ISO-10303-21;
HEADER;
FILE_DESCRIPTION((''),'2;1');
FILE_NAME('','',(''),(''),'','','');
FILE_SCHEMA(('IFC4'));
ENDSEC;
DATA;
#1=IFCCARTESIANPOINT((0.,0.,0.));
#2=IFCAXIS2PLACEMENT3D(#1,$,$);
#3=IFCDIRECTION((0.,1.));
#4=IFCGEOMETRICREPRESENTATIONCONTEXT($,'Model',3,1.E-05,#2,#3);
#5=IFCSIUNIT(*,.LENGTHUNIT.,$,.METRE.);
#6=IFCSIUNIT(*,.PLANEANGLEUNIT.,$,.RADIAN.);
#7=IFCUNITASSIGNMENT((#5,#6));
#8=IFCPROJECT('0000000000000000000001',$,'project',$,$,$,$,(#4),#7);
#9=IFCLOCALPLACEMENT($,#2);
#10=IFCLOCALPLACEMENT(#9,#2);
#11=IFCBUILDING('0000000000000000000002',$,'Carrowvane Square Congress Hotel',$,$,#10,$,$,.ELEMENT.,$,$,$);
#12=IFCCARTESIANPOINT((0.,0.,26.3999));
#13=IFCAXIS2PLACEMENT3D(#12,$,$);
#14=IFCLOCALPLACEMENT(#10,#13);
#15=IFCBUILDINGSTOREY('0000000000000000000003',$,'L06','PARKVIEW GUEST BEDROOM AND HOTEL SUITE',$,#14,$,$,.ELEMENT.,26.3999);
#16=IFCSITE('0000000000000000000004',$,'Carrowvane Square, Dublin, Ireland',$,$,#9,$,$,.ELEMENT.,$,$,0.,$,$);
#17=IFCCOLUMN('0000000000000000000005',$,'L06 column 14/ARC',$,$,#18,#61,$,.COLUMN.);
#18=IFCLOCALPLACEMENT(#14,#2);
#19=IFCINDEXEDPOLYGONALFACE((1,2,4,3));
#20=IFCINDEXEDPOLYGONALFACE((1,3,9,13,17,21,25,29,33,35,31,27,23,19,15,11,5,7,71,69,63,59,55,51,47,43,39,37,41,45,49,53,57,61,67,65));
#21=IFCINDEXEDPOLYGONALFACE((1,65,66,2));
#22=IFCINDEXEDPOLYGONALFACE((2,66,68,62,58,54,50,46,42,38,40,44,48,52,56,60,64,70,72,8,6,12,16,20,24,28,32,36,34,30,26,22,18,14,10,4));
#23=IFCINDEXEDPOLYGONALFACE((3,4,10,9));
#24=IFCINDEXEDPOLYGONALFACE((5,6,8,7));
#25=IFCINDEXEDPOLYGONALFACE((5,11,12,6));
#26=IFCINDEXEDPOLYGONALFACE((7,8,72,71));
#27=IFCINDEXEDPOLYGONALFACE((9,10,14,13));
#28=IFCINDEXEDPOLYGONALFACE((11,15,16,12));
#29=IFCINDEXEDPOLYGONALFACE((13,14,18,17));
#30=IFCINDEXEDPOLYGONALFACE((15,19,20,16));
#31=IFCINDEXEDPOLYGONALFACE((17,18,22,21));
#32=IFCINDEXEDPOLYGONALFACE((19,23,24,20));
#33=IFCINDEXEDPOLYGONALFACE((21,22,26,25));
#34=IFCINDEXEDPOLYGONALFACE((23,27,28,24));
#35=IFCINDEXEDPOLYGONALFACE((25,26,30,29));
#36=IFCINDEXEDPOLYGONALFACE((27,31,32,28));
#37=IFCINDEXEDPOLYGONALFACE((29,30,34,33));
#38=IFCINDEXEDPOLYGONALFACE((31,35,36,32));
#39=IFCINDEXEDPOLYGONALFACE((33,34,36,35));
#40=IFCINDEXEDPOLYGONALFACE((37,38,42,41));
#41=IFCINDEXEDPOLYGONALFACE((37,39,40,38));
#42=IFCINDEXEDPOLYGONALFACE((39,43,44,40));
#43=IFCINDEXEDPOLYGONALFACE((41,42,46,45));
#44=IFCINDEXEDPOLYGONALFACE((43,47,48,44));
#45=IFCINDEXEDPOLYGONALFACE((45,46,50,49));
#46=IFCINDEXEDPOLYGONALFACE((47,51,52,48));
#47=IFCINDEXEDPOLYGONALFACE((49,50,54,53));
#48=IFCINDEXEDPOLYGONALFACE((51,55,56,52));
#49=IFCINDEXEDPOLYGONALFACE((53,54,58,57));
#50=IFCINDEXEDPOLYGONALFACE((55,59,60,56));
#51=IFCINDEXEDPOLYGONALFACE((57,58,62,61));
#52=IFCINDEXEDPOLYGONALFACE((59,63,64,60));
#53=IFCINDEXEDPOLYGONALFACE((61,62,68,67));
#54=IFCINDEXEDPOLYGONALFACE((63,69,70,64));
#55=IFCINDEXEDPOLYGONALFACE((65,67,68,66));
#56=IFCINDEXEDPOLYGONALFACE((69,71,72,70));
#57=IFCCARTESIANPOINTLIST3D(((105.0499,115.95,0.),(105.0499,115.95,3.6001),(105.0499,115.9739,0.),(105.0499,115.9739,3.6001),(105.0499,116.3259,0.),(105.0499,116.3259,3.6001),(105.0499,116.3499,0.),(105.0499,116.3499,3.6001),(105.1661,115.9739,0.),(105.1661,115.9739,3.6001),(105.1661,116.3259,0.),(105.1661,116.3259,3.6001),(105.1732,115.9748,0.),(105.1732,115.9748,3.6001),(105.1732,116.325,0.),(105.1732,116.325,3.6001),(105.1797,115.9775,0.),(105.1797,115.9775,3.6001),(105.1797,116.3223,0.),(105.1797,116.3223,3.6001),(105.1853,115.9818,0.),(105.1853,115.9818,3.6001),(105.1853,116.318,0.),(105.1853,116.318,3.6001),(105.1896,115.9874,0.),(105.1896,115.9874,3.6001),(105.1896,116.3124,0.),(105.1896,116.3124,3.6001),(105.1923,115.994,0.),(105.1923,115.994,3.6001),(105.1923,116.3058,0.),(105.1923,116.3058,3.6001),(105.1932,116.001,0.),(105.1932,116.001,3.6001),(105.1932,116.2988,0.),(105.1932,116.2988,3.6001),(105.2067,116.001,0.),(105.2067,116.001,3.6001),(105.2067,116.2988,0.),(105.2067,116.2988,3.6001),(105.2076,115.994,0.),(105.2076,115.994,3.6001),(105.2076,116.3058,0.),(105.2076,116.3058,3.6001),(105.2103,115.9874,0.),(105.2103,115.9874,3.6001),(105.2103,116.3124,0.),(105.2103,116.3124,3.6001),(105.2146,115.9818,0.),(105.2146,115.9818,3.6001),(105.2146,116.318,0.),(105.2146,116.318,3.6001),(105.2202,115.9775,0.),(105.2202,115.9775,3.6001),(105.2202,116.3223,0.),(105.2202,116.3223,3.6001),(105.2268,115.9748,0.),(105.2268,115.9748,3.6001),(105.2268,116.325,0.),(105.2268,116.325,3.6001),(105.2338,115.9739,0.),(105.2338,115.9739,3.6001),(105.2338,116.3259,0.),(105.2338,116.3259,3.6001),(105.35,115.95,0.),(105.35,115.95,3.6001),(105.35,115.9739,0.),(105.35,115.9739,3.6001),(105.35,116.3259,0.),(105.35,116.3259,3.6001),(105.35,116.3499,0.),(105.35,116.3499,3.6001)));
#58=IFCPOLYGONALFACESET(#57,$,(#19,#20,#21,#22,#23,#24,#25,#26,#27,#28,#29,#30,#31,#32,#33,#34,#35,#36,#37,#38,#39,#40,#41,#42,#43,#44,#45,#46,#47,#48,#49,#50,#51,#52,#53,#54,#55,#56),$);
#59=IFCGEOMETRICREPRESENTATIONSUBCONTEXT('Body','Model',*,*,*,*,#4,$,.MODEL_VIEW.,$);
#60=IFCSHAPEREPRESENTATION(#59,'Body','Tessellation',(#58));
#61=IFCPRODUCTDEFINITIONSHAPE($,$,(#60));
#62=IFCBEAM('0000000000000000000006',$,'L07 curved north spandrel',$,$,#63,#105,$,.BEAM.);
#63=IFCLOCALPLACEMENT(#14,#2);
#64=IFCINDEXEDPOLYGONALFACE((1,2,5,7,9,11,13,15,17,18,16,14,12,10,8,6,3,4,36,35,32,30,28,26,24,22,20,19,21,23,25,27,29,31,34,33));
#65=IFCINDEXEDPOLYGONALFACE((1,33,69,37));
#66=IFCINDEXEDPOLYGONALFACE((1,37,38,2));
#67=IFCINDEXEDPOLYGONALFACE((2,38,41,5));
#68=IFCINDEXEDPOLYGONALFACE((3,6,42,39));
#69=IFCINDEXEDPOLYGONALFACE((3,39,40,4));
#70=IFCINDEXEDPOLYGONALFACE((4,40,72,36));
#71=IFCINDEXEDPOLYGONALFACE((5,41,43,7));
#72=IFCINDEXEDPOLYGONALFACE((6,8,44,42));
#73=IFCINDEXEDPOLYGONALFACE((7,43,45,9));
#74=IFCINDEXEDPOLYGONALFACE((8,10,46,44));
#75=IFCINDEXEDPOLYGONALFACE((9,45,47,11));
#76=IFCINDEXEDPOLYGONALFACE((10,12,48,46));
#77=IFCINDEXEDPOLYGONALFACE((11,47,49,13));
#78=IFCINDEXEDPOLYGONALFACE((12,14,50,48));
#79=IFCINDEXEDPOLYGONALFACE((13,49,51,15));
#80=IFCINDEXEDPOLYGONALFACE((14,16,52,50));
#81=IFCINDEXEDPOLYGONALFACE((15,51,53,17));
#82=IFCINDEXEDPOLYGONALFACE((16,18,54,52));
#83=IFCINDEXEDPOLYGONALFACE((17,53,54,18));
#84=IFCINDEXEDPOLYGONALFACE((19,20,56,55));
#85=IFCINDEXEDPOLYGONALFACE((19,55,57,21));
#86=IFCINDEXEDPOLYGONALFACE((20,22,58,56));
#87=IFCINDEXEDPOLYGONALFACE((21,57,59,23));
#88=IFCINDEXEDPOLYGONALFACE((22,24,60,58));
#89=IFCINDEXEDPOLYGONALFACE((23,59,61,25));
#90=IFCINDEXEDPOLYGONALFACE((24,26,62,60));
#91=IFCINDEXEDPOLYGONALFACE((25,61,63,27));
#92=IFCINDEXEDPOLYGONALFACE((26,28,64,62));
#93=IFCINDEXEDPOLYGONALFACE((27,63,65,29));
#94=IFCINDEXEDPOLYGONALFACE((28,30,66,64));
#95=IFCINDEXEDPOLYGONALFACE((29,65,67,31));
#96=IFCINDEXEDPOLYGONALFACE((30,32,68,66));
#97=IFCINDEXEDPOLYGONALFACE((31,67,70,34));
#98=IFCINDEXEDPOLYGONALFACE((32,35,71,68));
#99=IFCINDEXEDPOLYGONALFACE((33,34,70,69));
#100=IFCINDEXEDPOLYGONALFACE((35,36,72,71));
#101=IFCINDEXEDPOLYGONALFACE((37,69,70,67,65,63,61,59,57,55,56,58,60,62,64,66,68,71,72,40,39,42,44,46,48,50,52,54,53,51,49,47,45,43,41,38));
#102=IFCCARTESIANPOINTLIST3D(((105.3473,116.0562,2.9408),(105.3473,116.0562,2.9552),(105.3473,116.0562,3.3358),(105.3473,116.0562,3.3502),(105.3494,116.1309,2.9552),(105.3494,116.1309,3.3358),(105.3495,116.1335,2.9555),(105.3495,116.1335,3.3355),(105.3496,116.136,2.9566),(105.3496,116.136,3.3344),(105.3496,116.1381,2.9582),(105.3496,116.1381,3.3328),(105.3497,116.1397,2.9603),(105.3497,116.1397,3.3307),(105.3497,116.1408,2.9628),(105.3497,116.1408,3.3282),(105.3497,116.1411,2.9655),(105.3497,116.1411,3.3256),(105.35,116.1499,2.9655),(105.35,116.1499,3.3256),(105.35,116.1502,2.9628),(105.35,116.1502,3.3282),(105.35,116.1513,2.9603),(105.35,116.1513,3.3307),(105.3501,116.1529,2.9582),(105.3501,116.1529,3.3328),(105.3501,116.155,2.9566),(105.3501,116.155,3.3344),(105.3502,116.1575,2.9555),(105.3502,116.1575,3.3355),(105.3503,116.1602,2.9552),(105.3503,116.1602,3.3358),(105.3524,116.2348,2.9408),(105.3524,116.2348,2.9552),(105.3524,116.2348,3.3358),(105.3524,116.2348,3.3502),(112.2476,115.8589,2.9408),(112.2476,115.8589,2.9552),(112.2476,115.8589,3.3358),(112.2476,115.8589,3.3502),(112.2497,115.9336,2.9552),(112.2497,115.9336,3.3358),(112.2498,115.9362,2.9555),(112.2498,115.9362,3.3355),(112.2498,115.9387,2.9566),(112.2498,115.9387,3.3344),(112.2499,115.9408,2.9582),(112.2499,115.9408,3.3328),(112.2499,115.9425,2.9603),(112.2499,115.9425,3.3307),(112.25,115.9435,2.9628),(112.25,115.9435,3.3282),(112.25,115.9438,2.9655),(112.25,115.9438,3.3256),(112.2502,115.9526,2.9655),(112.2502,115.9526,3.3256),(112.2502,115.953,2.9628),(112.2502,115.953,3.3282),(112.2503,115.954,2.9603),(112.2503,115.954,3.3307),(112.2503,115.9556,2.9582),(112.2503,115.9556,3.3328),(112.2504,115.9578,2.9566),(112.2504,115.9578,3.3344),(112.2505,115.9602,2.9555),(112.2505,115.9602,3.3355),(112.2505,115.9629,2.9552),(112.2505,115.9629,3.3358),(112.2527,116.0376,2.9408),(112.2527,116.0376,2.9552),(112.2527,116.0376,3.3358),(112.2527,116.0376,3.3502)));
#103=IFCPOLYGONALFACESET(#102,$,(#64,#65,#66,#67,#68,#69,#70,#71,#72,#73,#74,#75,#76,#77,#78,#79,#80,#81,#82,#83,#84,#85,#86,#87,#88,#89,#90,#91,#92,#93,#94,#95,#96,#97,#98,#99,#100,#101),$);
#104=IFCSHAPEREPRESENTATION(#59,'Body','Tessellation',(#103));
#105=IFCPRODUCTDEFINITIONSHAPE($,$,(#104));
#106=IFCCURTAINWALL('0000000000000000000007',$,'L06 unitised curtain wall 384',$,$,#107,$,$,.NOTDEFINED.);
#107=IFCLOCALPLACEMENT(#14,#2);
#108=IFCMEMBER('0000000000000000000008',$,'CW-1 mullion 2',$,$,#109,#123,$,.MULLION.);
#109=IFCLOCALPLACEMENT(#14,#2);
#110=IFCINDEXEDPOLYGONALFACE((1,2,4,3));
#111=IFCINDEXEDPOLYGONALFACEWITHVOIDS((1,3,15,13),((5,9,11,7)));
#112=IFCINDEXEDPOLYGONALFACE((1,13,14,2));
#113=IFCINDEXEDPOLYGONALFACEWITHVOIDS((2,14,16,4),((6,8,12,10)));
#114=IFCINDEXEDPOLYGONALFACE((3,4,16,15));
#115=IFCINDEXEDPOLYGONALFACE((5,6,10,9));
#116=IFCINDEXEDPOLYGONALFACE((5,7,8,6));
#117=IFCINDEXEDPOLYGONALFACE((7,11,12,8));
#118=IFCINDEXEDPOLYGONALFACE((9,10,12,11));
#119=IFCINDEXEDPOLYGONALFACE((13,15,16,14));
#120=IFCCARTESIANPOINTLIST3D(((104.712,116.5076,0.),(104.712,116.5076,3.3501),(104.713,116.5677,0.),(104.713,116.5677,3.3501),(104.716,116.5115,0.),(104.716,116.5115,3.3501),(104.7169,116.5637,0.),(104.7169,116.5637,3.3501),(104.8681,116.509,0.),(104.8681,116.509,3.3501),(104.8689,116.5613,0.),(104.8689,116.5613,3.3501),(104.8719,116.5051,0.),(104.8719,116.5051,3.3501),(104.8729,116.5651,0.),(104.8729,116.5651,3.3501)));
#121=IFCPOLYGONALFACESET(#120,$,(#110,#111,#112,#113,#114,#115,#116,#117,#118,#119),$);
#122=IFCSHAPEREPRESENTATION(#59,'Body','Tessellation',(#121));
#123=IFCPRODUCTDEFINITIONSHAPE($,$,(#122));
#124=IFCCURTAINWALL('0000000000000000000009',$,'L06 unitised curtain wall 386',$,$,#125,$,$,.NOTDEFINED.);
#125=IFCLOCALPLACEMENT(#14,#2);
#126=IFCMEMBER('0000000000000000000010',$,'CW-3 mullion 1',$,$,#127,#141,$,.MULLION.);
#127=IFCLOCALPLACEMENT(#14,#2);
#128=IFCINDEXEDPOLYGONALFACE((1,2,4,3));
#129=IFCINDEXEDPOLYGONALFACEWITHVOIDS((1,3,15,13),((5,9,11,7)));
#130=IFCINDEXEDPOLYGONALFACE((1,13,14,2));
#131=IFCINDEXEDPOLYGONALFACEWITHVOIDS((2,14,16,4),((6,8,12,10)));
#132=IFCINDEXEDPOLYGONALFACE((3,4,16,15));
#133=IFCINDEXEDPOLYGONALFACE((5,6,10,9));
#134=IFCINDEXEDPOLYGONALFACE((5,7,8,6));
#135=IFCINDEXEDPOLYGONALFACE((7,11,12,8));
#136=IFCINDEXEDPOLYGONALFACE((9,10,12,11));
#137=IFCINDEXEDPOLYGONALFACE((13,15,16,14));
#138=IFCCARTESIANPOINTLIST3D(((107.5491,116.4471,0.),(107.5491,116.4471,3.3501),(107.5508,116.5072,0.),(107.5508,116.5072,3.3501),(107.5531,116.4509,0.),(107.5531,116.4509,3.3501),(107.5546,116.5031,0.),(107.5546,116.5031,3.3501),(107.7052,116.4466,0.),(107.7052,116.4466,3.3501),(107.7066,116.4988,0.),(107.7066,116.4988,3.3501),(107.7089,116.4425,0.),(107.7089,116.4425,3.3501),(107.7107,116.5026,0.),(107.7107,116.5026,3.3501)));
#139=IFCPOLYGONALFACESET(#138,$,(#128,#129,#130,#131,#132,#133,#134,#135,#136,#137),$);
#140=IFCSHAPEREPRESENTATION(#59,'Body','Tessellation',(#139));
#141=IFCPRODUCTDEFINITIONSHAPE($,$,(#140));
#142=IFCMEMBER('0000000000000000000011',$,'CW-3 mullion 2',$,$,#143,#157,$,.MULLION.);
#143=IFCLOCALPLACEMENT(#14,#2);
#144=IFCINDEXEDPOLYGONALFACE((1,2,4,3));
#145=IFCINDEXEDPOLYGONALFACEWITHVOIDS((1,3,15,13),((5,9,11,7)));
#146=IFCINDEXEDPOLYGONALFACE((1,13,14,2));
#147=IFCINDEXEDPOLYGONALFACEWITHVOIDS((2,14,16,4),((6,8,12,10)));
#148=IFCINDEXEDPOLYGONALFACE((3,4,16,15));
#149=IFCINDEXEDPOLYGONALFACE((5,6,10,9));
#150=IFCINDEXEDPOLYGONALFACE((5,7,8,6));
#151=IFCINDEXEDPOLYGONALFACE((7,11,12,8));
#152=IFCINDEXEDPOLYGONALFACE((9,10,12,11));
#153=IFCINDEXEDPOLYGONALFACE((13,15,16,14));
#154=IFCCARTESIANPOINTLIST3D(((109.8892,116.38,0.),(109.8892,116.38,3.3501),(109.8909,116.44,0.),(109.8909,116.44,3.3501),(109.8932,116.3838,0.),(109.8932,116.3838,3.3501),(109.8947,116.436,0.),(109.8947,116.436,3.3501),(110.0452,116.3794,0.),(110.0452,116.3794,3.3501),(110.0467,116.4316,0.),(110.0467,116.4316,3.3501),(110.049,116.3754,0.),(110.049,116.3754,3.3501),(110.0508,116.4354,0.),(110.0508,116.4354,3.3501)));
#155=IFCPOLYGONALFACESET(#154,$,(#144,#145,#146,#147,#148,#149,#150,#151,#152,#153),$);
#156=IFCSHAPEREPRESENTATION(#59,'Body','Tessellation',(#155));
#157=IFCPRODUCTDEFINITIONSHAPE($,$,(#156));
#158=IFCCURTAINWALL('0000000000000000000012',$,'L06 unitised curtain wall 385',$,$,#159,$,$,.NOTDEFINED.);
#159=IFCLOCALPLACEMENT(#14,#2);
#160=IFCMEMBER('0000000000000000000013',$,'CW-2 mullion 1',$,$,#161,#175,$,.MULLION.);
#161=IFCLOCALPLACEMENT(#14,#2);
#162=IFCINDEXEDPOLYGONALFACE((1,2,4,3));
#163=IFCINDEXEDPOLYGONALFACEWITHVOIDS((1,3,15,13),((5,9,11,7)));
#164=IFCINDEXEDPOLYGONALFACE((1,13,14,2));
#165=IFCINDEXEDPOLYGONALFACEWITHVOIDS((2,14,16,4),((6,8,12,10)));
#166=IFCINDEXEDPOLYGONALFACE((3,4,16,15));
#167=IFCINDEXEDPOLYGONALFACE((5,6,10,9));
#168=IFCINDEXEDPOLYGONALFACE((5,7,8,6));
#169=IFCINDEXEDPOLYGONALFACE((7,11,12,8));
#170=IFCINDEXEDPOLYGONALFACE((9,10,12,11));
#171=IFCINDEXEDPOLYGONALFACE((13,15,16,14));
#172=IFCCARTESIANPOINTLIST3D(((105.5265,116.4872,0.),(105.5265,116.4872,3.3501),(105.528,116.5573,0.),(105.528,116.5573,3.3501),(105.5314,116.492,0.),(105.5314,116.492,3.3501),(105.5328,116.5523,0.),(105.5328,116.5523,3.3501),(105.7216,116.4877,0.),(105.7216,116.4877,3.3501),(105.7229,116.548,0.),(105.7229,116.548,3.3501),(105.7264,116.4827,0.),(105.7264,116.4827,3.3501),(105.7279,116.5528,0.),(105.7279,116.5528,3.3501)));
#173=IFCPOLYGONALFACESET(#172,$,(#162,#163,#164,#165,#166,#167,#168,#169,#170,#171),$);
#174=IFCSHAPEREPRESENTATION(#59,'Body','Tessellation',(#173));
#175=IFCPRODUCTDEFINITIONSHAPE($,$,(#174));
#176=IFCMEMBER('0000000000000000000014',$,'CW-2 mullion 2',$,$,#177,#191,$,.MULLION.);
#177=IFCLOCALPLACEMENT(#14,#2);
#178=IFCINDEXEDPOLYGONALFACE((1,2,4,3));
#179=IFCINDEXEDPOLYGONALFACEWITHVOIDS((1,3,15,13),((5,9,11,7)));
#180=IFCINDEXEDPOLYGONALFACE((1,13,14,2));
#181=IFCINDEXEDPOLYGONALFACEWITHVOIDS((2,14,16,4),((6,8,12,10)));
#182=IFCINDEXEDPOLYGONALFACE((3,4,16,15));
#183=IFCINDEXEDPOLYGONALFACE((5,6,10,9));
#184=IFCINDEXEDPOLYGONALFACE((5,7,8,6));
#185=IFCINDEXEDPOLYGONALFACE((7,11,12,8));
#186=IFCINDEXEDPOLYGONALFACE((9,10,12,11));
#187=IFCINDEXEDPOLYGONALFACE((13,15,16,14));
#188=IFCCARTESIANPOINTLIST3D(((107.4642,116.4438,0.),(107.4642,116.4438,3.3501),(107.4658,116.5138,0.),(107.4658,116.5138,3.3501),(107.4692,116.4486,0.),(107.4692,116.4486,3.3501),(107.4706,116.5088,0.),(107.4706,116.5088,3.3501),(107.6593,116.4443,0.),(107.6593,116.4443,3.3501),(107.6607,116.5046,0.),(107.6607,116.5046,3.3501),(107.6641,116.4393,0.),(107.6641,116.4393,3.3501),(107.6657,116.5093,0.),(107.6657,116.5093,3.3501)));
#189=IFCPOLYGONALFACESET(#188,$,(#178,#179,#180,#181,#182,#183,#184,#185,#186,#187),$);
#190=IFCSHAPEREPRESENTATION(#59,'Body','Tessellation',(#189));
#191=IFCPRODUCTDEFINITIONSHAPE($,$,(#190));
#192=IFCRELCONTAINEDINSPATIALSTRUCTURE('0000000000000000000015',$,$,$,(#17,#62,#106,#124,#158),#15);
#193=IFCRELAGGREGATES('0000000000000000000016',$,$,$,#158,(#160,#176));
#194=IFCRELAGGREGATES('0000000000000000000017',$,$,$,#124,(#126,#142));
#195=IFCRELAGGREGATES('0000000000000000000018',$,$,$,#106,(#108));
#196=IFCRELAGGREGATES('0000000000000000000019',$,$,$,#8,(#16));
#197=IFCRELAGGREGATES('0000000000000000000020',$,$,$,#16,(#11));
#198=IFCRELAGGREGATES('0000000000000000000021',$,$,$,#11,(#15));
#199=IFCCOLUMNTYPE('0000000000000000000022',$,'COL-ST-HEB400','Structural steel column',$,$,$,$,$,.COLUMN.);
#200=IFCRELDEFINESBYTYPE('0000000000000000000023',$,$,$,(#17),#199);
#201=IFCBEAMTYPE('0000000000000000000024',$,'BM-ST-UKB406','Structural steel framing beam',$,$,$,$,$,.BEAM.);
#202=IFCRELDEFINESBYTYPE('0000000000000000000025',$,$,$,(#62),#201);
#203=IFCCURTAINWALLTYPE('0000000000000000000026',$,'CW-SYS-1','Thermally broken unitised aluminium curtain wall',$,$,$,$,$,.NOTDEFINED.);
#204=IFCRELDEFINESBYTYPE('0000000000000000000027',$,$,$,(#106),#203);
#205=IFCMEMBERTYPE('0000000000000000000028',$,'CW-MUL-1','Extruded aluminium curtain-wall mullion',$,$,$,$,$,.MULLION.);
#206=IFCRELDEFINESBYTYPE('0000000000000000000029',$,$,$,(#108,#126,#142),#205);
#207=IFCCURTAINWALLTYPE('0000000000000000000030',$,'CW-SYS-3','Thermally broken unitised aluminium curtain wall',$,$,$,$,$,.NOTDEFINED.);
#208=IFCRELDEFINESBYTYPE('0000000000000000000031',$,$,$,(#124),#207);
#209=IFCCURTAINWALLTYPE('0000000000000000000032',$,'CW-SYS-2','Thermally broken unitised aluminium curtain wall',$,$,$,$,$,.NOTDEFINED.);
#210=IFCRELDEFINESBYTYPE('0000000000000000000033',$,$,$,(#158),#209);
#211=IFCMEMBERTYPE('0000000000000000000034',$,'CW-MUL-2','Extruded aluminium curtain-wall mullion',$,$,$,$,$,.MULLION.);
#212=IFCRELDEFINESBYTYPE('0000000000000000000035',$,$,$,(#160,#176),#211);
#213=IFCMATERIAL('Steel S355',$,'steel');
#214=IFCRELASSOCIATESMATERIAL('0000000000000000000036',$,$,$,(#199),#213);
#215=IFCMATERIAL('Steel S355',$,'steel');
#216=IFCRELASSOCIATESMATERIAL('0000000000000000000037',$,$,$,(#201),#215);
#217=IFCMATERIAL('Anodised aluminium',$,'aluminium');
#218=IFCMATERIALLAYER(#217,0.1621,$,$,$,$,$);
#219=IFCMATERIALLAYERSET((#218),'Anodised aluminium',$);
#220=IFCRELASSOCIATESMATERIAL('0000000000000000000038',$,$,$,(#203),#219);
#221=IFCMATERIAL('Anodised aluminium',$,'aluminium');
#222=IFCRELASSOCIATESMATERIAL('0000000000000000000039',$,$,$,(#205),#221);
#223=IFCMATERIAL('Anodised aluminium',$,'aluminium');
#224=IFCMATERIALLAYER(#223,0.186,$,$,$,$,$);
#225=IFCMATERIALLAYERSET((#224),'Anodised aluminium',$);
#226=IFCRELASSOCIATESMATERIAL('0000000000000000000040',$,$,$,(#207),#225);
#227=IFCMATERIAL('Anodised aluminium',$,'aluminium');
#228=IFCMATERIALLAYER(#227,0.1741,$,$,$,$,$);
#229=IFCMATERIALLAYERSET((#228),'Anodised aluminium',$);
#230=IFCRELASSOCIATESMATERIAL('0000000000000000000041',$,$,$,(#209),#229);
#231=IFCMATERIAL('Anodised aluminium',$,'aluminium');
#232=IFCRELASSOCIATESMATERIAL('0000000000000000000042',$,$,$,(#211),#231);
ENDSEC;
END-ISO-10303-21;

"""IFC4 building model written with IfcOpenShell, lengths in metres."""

from ifc_helpers import new_model, si_unit, direction, frame, origin, origin_2d, place, context, subcontext, project, spatial, hollow_rectangle, i_section, extrude, material, layer, layer_set, material_profile, profile_set, type_object, element, aggregate, save


model = new_model("IFC4")

# Units and contexts
model_context = context("Model", 3, precision=1e-05, world=origin(), true_north=direction((0.0, 1.0)))
body_context = subcontext(model_context, "Body", "Model", "MODEL_VIEW")
ifc_project = project(units=[si_unit("LENGTHUNIT", "METRE"), si_unit("PLANEANGLEUNIT", "RADIAN")], contexts=[model_context])

# Site, building, storey
site_placement = place(None, origin())
site = spatial("IfcSite", under=ifc_project, at=site_placement, Name="Carrowvane Square, Dublin, Ireland", CompositionType="ELEMENT", RefElevation=0.0)
building_placement = place(site_placement, origin())
building = spatial("IfcBuilding", under=site, at=building_placement, Name="Carrowvane Square Congress Hotel", CompositionType="ELEMENT")
storey_placement = place(building_placement, frame((0.0, 0.0, 26.3999)))
storey = spatial("IfcBuildingStorey", under=building, at=storey_placement, Name="L06", Description="PARKVIEW GUEST BEDROOM AND HOTEL SUITE", CompositionType="ELEMENT", Elevation=26.3999)

# Column
ifc_material_1 = material(Name="Steel S355", Category="steel")
ifc_material_profile_1 = material_profile(ifc_material_1, i_section(OverallWidth=0.3, OverallDepth=0.3999, WebThickness=0.0134, FlangeThickness=0.0239, FilletRadius=0.0271, at=origin_2d()), Name="HEB 400")
ifc_profile_set_1 = profile_set([ifc_material_profile_1], Name="Steel S355")
column_type = type_object("IfcColumnType", Name="COL-ST-HEB400", Description="Structural steel column", PredefinedType="COLUMN", material=ifc_profile_set_1)
column_placement = place(storey_placement, frame((105.2, 116.1499, 0.0), z_axis=(0.0, 0.0, 1.0), x_axis=(1.0, 0.0, 0.0)))
element("IfcColumn", 1, at=column_placement, inside=storey, type_object=column_type, Name="L06 column 14/ARC", PredefinedType="COLUMN", context=body_context, shape_type="SweptSolid", body=[
    extrude(i_section(OverallWidth=0.3, OverallDepth=0.3999, WebThickness=0.0134, FlangeThickness=0.0239, FilletRadius=0.0271, at=origin_2d()), origin(), (0.0, 0.0, 1.0), 3.6001),
])

# Beam
ifc_material_2 = material(Name="Steel S355", Category="steel")
ifc_material_profile_2 = material_profile(ifc_material_2, i_section(OverallWidth=0.1787, OverallDepth=0.4094, WebThickness=0.0088, FlangeThickness=0.0144, FilletRadius=0.0103, at=origin_2d()), Name="UKB 406x178x67")
ifc_profile_set_2 = profile_set([ifc_material_profile_2], Name="Steel S355")
beam_type = type_object("IfcBeamType", Name="BM-ST-UKB406", Description="Structural steel framing beam", PredefinedType="BEAM", material=ifc_profile_set_2)
beam_placement = place(storey_placement, frame((105.3499, 116.1455, 3.1455), z_axis=(0.999592, -0.028577, 0.0), x_axis=(0.028577, 0.999592, 0.0)))
element("IfcBeam", 2, at=beam_placement, inside=storey, type_object=beam_type, Name="L07 curved north spandrel", PredefinedType="BEAM", context=body_context, shape_type="SweptSolid", body=[
    extrude(i_section(OverallWidth=0.1787, OverallDepth=0.4094, WebThickness=0.0088, FlangeThickness=0.0144, FilletRadius=0.0103, at=origin_2d()), origin(), (0.0, 0.0, 1.0), 6.9031),
])

# Curtain wall, member
ifc_material_3 = material(Name="Anodised aluminium", Category="aluminium")
ifc_layer_1 = layer(ifc_material_3, 0.1621)
ifc_layer_set_1 = layer_set([ifc_layer_1], Name="Anodised aluminium")
curtain_wall_type_1 = type_object("IfcCurtainWallType", Name="CW-SYS-1", Description="Thermally broken unitised aluminium curtain wall", PredefinedType="NOTDEFINED", material=ifc_layer_set_1)
curtain_wall_1_placement = place(storey_placement, origin())
curtain_wall_1 = element("IfcCurtainWall", 3, at=curtain_wall_1_placement, inside=storey, type_object=curtain_wall_type_1, Name="L06 unitised curtain wall 384", PredefinedType="NOTDEFINED")
ifc_material_4 = material(Name="Anodised aluminium", Category="aluminium")
ifc_material_profile_3 = material_profile(ifc_material_4, hollow_rectangle(XDim=0.0601, YDim=0.1599, WallThickness=0.0039, at=origin_2d()), Name="CW-ML 60x160x4")
ifc_profile_set_3 = profile_set([ifc_material_profile_3], Name="Anodised aluminium")
member_type_1 = type_object("IfcMemberType", Name="CW-MUL-1", Description="Extruded aluminium curtain-wall mullion", PredefinedType="MULLION", material=ifc_profile_set_3)
member_1_placement = place(storey_placement, frame((104.7925, 116.5364, 0.0), z_axis=(0.0, 0.0, 1.0), x_axis=(0.016216, 0.999869, 0.0)))
member_1 = element("IfcMember", 4, at=member_1_placement, type_object=member_type_1, Name="CW-1 mullion 2", PredefinedType="MULLION", context=body_context, shape_type="SweptSolid", body=[
    extrude(hollow_rectangle(XDim=0.0601, YDim=0.1599, WallThickness=0.0039, at=origin_2d()), origin(), (0.0, 0.0, 1.0), 3.3501),
])

# Curtain walls, members
ifc_material_5 = material(Name="Anodised aluminium", Category="aluminium")
ifc_layer_2 = layer(ifc_material_5, 0.186)
ifc_layer_set_2 = layer_set([ifc_layer_2], Name="Anodised aluminium")
curtain_wall_type_2 = type_object("IfcCurtainWallType", Name="CW-SYS-3", Description="Thermally broken unitised aluminium curtain wall", PredefinedType="NOTDEFINED", material=ifc_layer_set_2)
curtain_wall_2_placement = place(storey_placement, origin())
curtain_wall_2 = element("IfcCurtainWall", 5, at=curtain_wall_2_placement, inside=storey, type_object=curtain_wall_type_2, Name="L06 unitised curtain wall 386", PredefinedType="NOTDEFINED")
member_2_placement = place(storey_placement, frame((107.6299, 116.4749, 0.0), z_axis=(0.0, 0.0, 1.0), x_axis=(0.028638, 0.99959, 0.0)))
member_2 = element("IfcMember", 6, at=member_2_placement, type_object=member_type_1, Name="CW-3 mullion 1", PredefinedType="MULLION", context=body_context, shape_type="SweptSolid", body=[
    extrude(hollow_rectangle(XDim=0.0601, YDim=0.1599, WallThickness=0.0039, at=origin_2d()), origin(), (0.0, 0.0, 1.0), 3.3501),
])
member_3_placement = place(storey_placement, frame((109.97, 116.4077, 0.0), z_axis=(0.0, 0.0, 1.0), x_axis=(0.028638, 0.99959, 0.0)))
member_3 = element("IfcMember", 7, at=member_3_placement, type_object=member_type_1, Name="CW-3 mullion 2", PredefinedType="MULLION", context=body_context, shape_type="SweptSolid", body=[
    extrude(hollow_rectangle(XDim=0.0601, YDim=0.1599, WallThickness=0.0039, at=origin_2d()), origin(), (0.0, 0.0, 1.0), 3.3501),
])
ifc_material_6 = material(Name="Anodised aluminium", Category="aluminium")
ifc_layer_3 = layer(ifc_material_6, 0.1741)
ifc_layer_set_3 = layer_set([ifc_layer_3], Name="Anodised aluminium")
curtain_wall_type_3 = type_object("IfcCurtainWallType", Name="CW-SYS-2", Description="Thermally broken unitised aluminium curtain wall", PredefinedType="NOTDEFINED", material=ifc_layer_set_3)
curtain_wall_3_placement = place(storey_placement, origin())
curtain_wall_3 = element("IfcCurtainWall", 8, at=curtain_wall_3_placement, inside=storey, type_object=curtain_wall_type_3, Name="L06 unitised curtain wall 385", PredefinedType="NOTDEFINED")
ifc_material_7 = material(Name="Anodised aluminium", Category="aluminium")
ifc_material_profile_4 = material_profile(ifc_material_7, hollow_rectangle(XDim=0.0701, YDim=0.2, WallThickness=0.0049, at=origin_2d()), Name="CW-ML 70x200x5")
ifc_profile_set_4 = profile_set([ifc_material_profile_4], Name="Anodised aluminium")
member_type_2 = type_object("IfcMemberType", Name="CW-MUL-2", Description="Extruded aluminium curtain-wall mullion", PredefinedType="MULLION", material=ifc_profile_set_4)
member_4_placement = place(storey_placement, frame((105.6272, 116.52, 0.0), z_axis=(0.0, 0.0, 1.0), x_axis=(0.022518, 0.999746, 0.0)))
member_4 = element("IfcMember", 9, at=member_4_placement, type_object=member_type_2, Name="CW-2 mullion 1", PredefinedType="MULLION", context=body_context, shape_type="SweptSolid", body=[
    extrude(hollow_rectangle(XDim=0.0701, YDim=0.2, WallThickness=0.0049, at=origin_2d()), origin(), (0.0, 0.0, 1.0), 3.3501),
])
member_5_placement = place(storey_placement, frame((107.5649, 116.4766, 0.0), z_axis=(0.0, 0.0, 1.0), x_axis=(0.022518, 0.999746, 0.0)))
member_5 = element("IfcMember", 10, at=member_5_placement, type_object=member_type_2, Name="CW-2 mullion 2", PredefinedType="MULLION", context=body_context, shape_type="SweptSolid", body=[
    extrude(hollow_rectangle(XDim=0.0701, YDim=0.2, WallThickness=0.0049, at=origin_2d()), origin(), (0.0, 0.0, 1.0), 3.3501),
])

aggregate(curtain_wall_3, [member_4, member_5])
aggregate(curtain_wall_2, [member_2, member_3])
aggregate(curtain_wall_1, [member_1])

save(model, "model.ifc")
